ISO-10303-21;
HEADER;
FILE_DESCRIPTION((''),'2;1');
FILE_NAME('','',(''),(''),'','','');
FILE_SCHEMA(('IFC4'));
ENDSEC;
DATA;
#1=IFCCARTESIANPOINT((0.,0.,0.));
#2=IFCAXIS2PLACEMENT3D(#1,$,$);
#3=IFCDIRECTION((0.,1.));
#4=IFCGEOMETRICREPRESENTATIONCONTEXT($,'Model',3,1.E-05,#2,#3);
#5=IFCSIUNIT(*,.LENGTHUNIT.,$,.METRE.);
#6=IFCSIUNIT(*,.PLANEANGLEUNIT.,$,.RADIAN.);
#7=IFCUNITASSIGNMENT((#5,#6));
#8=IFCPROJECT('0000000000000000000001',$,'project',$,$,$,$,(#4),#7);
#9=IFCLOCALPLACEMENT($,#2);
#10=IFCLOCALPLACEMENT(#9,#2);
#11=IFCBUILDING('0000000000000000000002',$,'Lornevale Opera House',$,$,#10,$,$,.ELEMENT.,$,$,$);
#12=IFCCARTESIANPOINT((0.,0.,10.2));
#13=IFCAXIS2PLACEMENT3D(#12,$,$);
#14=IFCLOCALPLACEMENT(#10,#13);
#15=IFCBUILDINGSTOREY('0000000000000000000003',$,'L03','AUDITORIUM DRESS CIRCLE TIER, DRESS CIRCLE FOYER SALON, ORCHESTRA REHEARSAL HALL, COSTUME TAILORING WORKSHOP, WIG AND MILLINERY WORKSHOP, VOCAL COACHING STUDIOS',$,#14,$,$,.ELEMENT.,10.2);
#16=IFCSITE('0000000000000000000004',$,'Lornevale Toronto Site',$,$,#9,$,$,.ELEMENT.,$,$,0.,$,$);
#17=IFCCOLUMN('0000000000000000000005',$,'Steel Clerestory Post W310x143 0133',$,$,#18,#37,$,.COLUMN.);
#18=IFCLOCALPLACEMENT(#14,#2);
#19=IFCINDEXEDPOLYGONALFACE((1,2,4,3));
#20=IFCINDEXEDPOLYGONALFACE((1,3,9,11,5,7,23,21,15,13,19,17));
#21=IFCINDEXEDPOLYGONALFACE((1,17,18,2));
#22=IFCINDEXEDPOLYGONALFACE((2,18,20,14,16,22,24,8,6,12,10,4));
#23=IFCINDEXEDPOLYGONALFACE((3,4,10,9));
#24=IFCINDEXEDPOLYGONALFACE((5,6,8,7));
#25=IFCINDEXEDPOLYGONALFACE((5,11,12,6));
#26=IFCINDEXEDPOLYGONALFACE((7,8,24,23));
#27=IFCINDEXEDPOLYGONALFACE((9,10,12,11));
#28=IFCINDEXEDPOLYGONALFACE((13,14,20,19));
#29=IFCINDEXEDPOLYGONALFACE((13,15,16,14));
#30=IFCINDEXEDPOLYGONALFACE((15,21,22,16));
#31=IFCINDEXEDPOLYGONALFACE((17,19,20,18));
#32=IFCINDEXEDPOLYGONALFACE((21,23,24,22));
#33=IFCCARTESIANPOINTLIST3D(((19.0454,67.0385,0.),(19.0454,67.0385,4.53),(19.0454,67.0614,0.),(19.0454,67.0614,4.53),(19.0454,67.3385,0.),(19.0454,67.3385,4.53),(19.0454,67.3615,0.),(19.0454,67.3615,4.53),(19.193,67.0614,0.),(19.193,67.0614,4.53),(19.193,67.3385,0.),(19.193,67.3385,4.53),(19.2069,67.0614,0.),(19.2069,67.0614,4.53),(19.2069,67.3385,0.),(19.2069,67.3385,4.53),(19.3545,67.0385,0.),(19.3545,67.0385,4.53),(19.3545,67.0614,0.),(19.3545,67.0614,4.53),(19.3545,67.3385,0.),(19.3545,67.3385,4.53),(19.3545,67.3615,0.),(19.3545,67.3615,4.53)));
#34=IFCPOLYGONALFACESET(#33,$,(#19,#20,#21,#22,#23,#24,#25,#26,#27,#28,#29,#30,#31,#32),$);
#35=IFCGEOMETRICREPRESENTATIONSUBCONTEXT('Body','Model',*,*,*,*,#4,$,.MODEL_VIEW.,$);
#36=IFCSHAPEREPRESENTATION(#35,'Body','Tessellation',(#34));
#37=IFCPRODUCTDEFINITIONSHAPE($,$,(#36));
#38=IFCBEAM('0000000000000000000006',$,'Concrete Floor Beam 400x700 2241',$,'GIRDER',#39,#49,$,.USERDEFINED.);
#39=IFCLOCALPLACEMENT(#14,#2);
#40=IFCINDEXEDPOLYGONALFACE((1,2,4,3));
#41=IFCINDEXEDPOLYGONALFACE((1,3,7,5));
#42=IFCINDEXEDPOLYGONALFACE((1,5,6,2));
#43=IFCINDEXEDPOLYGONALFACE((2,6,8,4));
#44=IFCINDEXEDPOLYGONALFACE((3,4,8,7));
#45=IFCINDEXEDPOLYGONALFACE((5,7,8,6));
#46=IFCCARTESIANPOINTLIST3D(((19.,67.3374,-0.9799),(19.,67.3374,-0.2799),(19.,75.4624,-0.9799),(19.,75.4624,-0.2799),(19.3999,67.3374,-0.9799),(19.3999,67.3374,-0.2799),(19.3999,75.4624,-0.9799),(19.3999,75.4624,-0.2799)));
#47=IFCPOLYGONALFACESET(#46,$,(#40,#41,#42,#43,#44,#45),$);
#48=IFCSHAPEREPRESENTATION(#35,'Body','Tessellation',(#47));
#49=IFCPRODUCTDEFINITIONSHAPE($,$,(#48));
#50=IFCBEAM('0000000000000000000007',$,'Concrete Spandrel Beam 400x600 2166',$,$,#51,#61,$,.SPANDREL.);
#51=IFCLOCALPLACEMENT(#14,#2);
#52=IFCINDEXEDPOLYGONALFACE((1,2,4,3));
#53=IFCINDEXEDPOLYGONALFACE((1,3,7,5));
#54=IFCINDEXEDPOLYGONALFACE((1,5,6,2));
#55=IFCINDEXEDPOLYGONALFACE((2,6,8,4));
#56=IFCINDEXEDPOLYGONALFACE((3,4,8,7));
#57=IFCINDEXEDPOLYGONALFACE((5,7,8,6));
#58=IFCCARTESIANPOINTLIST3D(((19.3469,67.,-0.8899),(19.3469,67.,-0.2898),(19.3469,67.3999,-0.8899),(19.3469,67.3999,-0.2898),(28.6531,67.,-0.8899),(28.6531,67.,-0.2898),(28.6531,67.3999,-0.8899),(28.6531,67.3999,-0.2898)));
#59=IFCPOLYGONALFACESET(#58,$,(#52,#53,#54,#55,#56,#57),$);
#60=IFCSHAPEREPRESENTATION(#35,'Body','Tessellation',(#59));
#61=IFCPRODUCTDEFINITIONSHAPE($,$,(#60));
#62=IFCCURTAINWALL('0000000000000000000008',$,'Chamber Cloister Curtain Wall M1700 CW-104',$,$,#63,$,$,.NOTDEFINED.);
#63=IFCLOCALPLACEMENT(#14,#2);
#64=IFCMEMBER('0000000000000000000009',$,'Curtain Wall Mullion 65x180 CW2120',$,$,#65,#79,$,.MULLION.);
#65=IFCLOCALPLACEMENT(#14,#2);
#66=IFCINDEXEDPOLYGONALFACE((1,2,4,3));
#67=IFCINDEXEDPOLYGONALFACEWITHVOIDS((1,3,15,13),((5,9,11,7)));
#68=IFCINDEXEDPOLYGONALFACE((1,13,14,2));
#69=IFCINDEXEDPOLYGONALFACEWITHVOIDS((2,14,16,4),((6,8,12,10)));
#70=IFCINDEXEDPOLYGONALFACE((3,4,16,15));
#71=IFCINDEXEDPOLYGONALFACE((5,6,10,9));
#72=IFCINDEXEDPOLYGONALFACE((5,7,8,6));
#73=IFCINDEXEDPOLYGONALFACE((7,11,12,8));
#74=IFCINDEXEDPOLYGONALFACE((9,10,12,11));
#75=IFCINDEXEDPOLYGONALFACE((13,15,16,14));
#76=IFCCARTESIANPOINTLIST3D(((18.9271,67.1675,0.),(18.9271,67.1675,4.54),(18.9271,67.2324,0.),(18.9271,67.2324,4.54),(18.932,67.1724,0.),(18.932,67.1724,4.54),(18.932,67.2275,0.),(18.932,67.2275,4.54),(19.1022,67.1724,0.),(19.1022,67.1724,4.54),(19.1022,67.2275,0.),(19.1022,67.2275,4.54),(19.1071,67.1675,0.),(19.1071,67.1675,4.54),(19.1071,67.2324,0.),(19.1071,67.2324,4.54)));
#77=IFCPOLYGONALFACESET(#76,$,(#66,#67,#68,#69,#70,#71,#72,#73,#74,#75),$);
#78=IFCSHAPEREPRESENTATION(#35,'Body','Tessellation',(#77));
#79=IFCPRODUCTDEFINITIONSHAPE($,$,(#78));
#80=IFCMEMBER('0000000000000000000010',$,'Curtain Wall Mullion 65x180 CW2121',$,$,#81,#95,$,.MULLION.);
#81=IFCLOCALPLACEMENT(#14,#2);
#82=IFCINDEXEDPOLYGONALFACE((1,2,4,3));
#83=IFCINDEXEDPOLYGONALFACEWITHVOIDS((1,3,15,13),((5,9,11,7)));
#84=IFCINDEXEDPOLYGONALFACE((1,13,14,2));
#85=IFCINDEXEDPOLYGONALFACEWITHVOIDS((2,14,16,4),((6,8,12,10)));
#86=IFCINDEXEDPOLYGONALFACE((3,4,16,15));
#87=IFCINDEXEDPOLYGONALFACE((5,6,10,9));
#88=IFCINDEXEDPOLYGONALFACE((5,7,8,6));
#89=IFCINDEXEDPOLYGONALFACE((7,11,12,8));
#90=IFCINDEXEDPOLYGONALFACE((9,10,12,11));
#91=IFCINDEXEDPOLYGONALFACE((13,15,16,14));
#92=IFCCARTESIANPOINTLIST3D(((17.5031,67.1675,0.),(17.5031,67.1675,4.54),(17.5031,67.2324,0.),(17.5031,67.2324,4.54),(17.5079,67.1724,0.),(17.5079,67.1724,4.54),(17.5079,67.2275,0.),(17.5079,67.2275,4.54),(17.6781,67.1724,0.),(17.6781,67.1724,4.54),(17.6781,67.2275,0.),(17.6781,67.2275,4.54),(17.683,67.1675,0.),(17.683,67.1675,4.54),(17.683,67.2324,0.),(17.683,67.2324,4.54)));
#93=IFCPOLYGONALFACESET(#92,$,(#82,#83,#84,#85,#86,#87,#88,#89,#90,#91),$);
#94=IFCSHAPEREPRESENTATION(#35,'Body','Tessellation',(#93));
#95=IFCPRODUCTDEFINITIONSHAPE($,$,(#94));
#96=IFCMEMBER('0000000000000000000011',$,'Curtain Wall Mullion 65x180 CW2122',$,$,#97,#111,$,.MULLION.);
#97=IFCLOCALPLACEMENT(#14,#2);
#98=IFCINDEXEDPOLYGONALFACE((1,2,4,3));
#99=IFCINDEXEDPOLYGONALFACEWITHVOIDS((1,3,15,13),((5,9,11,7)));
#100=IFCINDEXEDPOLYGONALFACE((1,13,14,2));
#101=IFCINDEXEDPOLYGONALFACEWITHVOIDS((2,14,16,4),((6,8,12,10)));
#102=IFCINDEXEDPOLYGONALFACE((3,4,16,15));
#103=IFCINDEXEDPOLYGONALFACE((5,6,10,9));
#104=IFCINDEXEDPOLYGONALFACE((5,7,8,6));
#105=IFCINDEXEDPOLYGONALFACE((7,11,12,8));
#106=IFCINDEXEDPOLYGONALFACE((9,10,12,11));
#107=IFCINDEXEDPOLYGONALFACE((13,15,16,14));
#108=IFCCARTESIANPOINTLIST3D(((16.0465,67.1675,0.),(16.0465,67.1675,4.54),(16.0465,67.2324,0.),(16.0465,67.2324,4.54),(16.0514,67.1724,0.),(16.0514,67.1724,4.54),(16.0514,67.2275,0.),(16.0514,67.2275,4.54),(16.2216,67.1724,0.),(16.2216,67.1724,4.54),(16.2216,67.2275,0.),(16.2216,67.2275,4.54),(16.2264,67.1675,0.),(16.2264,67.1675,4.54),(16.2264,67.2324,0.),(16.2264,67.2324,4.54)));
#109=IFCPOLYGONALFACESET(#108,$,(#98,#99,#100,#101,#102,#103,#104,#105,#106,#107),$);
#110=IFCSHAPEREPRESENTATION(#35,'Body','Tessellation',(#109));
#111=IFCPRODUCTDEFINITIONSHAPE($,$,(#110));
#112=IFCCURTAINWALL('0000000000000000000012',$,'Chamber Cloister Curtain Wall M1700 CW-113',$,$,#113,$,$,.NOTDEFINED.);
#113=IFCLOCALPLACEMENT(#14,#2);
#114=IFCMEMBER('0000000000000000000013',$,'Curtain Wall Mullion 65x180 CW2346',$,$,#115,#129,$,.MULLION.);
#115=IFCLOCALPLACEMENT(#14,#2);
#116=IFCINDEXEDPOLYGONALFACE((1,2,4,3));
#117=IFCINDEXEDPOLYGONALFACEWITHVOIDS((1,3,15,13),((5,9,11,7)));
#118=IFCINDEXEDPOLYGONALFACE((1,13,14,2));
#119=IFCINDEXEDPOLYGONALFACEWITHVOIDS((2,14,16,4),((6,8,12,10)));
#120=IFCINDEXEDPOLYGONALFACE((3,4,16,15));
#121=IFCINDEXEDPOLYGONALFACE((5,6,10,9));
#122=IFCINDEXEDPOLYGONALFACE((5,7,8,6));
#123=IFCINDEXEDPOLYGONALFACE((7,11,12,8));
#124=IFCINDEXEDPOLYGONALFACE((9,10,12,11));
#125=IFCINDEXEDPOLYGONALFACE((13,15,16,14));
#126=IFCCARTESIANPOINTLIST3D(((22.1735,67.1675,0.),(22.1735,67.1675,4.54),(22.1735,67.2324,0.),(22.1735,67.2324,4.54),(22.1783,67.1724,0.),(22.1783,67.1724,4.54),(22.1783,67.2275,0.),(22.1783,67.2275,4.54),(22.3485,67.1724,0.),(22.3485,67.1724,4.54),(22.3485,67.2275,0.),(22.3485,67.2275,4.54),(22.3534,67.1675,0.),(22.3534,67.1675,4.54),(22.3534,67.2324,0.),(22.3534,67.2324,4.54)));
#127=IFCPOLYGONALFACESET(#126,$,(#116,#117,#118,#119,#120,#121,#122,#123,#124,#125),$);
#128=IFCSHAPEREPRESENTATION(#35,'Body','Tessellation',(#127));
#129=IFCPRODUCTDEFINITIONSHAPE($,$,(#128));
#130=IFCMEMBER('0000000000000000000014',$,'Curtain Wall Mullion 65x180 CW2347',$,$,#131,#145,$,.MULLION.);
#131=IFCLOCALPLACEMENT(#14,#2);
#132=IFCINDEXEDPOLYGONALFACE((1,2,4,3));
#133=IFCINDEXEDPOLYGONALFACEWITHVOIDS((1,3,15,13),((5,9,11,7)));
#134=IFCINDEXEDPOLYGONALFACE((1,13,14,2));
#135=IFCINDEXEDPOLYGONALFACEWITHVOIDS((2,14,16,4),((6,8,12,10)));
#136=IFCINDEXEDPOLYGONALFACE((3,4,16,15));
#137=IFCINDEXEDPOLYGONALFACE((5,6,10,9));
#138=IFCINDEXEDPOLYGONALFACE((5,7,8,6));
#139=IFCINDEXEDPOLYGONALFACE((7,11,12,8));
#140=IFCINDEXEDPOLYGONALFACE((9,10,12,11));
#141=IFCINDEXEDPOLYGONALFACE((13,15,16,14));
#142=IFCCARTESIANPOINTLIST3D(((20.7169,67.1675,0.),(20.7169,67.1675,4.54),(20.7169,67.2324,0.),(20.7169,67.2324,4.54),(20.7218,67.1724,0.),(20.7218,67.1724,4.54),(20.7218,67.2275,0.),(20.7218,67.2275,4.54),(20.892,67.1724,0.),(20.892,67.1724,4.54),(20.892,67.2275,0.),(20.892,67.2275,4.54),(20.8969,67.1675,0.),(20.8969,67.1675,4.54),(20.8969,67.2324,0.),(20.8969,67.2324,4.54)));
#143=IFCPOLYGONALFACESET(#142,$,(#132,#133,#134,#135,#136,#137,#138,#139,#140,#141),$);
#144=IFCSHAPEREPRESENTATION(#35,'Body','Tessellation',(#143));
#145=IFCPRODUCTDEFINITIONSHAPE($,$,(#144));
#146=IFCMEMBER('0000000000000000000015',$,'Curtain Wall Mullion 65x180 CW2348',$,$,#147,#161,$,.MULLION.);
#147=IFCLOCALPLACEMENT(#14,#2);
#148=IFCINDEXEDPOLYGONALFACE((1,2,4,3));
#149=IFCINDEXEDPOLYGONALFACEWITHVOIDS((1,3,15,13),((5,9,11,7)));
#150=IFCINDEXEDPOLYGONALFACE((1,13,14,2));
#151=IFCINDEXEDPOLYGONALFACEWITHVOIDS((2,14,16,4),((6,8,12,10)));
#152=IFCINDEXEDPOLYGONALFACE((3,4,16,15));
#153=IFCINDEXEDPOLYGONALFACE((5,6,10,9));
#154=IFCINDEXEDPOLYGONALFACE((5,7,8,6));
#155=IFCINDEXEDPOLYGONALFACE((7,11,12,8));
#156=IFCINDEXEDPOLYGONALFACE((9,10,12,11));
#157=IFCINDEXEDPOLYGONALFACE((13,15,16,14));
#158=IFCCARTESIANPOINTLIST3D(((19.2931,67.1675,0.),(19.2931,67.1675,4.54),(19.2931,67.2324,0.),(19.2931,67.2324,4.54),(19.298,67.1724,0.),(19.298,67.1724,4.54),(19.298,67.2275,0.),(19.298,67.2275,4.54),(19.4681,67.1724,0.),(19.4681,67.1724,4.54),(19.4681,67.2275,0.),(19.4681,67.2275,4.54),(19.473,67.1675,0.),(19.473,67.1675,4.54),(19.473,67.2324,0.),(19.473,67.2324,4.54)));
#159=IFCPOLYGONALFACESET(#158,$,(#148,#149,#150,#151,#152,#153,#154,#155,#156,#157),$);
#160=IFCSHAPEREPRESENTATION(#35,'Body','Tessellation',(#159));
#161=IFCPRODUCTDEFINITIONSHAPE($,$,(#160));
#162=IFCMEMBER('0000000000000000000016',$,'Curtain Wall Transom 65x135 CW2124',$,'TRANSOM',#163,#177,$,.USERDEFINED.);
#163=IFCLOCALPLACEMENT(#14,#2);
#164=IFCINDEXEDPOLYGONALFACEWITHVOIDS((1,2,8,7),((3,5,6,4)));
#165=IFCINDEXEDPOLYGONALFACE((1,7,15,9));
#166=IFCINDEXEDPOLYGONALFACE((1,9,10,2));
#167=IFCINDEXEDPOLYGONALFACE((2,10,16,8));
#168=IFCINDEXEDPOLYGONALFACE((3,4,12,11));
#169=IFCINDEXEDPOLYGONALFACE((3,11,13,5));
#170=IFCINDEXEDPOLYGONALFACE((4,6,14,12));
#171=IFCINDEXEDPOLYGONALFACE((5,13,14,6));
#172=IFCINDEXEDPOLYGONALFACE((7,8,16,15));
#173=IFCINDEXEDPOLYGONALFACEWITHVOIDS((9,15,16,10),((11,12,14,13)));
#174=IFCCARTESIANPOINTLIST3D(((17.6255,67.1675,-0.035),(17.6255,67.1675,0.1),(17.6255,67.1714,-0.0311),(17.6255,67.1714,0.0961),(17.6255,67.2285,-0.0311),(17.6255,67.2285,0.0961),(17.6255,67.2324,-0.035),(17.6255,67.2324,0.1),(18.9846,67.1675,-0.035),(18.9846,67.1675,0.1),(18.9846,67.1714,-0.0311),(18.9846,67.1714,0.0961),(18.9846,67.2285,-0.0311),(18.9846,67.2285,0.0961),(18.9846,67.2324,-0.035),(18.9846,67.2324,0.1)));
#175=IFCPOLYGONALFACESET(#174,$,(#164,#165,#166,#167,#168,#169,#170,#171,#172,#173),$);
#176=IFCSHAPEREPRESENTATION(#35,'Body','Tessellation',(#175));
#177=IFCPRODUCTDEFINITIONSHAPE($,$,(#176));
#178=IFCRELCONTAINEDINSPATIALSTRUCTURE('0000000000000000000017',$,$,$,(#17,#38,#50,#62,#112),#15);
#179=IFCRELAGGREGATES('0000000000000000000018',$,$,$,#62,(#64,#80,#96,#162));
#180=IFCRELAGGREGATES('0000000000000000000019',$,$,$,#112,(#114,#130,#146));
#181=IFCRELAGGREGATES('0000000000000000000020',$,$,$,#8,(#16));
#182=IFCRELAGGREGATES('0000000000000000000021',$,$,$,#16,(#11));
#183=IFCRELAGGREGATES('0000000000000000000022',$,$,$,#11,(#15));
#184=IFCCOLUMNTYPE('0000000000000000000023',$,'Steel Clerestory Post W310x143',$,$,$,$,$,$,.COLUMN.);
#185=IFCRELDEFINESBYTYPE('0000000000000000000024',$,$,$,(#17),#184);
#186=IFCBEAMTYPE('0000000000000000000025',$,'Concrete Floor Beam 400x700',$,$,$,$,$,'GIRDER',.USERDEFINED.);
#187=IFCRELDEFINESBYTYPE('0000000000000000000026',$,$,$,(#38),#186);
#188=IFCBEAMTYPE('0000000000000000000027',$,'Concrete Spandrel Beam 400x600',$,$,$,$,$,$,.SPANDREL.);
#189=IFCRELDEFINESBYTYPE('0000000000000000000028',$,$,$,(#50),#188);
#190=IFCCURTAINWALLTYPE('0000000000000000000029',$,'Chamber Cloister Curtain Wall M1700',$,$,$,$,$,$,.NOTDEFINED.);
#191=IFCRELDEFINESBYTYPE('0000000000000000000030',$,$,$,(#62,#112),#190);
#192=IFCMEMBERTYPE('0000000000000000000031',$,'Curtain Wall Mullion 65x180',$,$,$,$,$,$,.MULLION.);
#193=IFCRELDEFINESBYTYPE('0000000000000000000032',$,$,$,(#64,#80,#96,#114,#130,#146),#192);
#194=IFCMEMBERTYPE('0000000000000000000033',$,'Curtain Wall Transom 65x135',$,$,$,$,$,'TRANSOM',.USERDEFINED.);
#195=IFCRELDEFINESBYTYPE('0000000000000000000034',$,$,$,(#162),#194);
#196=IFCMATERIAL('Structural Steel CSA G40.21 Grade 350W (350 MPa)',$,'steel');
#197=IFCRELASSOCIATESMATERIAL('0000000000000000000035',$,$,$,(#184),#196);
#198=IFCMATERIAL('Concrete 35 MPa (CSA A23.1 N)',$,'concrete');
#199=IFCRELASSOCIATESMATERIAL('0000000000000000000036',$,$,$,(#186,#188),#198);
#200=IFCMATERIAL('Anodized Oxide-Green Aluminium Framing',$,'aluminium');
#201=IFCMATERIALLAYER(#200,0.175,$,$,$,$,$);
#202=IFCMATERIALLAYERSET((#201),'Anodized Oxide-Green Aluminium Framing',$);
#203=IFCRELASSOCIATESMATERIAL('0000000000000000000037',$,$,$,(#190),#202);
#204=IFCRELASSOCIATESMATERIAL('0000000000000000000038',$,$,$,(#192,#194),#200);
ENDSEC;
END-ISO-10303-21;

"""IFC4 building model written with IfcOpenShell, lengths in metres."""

from ifc_helpers import new_model, si_unit, direction, frame, origin, origin_2d, place, context, subcontext, project, spatial, rectangle, hollow_rectangle, i_section, extrude, material, layer, layer_set, material_profile, profile_set, type_object, element, aggregate, save


model = new_model("IFC4")

# Units and contexts
model_context = context("Model", 3, precision=1e-05, world=origin(), true_north=direction((0.0, 1.0)))
body_context = subcontext(model_context, "Body", "Model", "MODEL_VIEW")
ifc_project = project(units=[si_unit("LENGTHUNIT", "METRE"), si_unit("PLANEANGLEUNIT", "RADIAN")], contexts=[model_context])

# Site, building, storey
site_placement = place(None, origin())
site = spatial("IfcSite", under=ifc_project, at=site_placement, Name="Lornevale Toronto Site", CompositionType="ELEMENT", RefElevation=0.0)
building_placement = place(site_placement, origin())
building = spatial("IfcBuilding", under=site, at=building_placement, Name="Lornevale Opera House", CompositionType="ELEMENT")
storey_placement = place(building_placement, frame((0.0, 0.0, 10.2)))
storey = spatial("IfcBuildingStorey", under=building, at=storey_placement, Name="L03", Description="AUDITORIUM DRESS CIRCLE TIER, DRESS CIRCLE FOYER SALON, ORCHESTRA REHEARSAL HALL, COSTUME TAILORING WORKSHOP, WIG AND MILLINERY WORKSHOP, VOCAL COACHING STUDIOS", CompositionType="ELEMENT", Elevation=10.2)

# Column
ifc_material_1 = material(Name="Structural Steel CSA G40.21 Grade 350W (350 MPa)", Category="steel")
ifc_material_profile_1 = material_profile(ifc_material_1, i_section(OverallWidth=0.3091, OverallDepth=0.323, WebThickness=0.0139, FlangeThickness=0.0229, at=origin_2d()), Name="W310x143")
ifc_profile_set_1 = profile_set([ifc_material_profile_1], Name="Structural Steel CSA G40.21 Grade 350W (350 MPa)")
column_type = type_object("IfcColumnType", Name="Steel Clerestory Post W310x143", PredefinedType="COLUMN", material=ifc_profile_set_1)
column_placement = place(storey_placement, frame((19.2, 67.2, 0.0), z_axis=(0.0, 0.0, 1.0), x_axis=(1.0, 0.0, 0.0)))
element("IfcColumn", 1, at=column_placement, inside=storey, type_object=column_type, Name="Steel Clerestory Post W310x143 0133", PredefinedType="COLUMN", context=body_context, shape_type="SweptSolid", body=[
    extrude(i_section(OverallWidth=0.3091, OverallDepth=0.323, WebThickness=0.0139, FlangeThickness=0.0229, at=origin_2d()), origin(), (0.0, 0.0, 1.0), 4.53),
])

# Beams
ifc_material_2 = material(Name="Concrete 35 MPa (CSA A23.1 N)", Category="concrete")
ifc_material_profile_2 = material_profile(ifc_material_2, rectangle(XDim=0.3999, YDim=0.7, at=origin_2d()), Name="RC400x700")
ifc_profile_set_2 = profile_set([ifc_material_profile_2], Name="Concrete 35 MPa (CSA A23.1 N)")
beam_type_1 = type_object("IfcBeamType", Name="Concrete Floor Beam 400x700", ElementType="GIRDER", PredefinedType="USERDEFINED", material=ifc_profile_set_2)
beam_1_placement = place(storey_placement, frame((19.2, 67.3374, -0.6299), z_axis=(0.0, 1.0, 0.0), x_axis=(-1.0, 0.0, 0.0)))
element("IfcBeam", 2, at=beam_1_placement, inside=storey, type_object=beam_type_1, Name="Concrete Floor Beam 400x700 2241", ObjectType="GIRDER", PredefinedType="USERDEFINED", context=body_context, shape_type="SweptSolid", body=[
    extrude(rectangle(XDim=0.3999, YDim=0.7, at=origin_2d()), origin(), (0.0, 0.0, 1.0), 8.125),
])
ifc_material_profile_3 = material_profile(ifc_material_2, rectangle(XDim=0.3999, YDim=0.6001, at=origin_2d()), Name="RC400x600")
ifc_profile_set_3 = profile_set([ifc_material_profile_3], Name="Concrete 35 MPa (CSA A23.1 N)")
beam_type_2 = type_object("IfcBeamType", Name="Concrete Spandrel Beam 400x600", PredefinedType="SPANDREL", material=ifc_profile_set_3)
beam_2_placement = place(storey_placement, frame((19.3469, 67.2, -0.5898), z_axis=(1.0, 0.0, 0.0), x_axis=(0.0, 1.0, 0.0)))
element("IfcBeam", 3, at=beam_2_placement, inside=storey, type_object=beam_type_2, Name="Concrete Spandrel Beam 400x600 2166", PredefinedType="SPANDREL", context=body_context, shape_type="SweptSolid", body=[
    extrude(rectangle(XDim=0.3999, YDim=0.6001, at=origin_2d()), origin(), (0.0, 0.0, 1.0), 9.3062),
])

# Curtain walls, members
ifc_material_3 = material(Name="Anodized Oxide-Green Aluminium Framing", Category="aluminium")
ifc_layer_1 = layer(ifc_material_3, 0.175)
ifc_layer_set_1 = layer_set([ifc_layer_1], Name="Anodized Oxide-Green Aluminium Framing")
curtain_wall_type = type_object("IfcCurtainWallType", Name="Chamber Cloister Curtain Wall M1700", PredefinedType="NOTDEFINED", material=ifc_layer_set_1)
curtain_wall_1_placement = place(storey_placement, origin())
curtain_wall_1 = element("IfcCurtainWall", 4, at=curtain_wall_1_placement, inside=storey, type_object=curtain_wall_type, Name="Chamber Cloister Curtain Wall M1700 CW-104", PredefinedType="NOTDEFINED")
ifc_material_profile_4 = material_profile(ifc_material_3, hollow_rectangle(XDim=0.0649, YDim=0.1799, WallThickness=0.0049, at=origin_2d()), Name="ALU65x180x5")
ifc_profile_set_4 = profile_set([ifc_material_profile_4], Name="Anodized Oxide-Green Aluminium Framing")
member_type_1 = type_object("IfcMemberType", Name="Curtain Wall Mullion 65x180", PredefinedType="MULLION", material=ifc_profile_set_4)
member_1_placement = place(storey_placement, frame((19.0171, 67.2, 0.0), z_axis=(0.0, 0.0, 1.0), x_axis=(0.0, -1.0, 0.0)))
member_1 = element("IfcMember", 5, at=member_1_placement, type_object=member_type_1, Name="Curtain Wall Mullion 65x180 CW2120", PredefinedType="MULLION", context=body_context, shape_type="SweptSolid", body=[
    extrude(hollow_rectangle(XDim=0.0649, YDim=0.1799, WallThickness=0.0049, at=origin_2d()), origin(), (0.0, 0.0, 1.0), 4.54),
])
member_2_placement = place(storey_placement, frame((17.593, 67.2, 0.0), z_axis=(0.0, 0.0, 1.0), x_axis=(0.0, -1.0, 0.0)))
member_2 = element("IfcMember", 6, at=member_2_placement, type_object=member_type_1, Name="Curtain Wall Mullion 65x180 CW2121", PredefinedType="MULLION", context=body_context, shape_type="SweptSolid", body=[
    extrude(hollow_rectangle(XDim=0.0649, YDim=0.1799, WallThickness=0.0049, at=origin_2d()), origin(), (0.0, 0.0, 1.0), 4.54),
])
member_3_placement = place(storey_placement, frame((16.1365, 67.2, 0.0), z_axis=(0.0, 0.0, 1.0), x_axis=(0.0, -1.0, 0.0)))
member_3 = element("IfcMember", 7, at=member_3_placement, type_object=member_type_1, Name="Curtain Wall Mullion 65x180 CW2122", PredefinedType="MULLION", context=body_context, shape_type="SweptSolid", body=[
    extrude(hollow_rectangle(XDim=0.0649, YDim=0.1799, WallThickness=0.0049, at=origin_2d()), origin(), (0.0, 0.0, 1.0), 4.54),
])
curtain_wall_2_placement = place(storey_placement, origin())
curtain_wall_2 = element("IfcCurtainWall", 8, at=curtain_wall_2_placement, inside=storey, type_object=curtain_wall_type, Name="Chamber Cloister Curtain Wall M1700 CW-113", PredefinedType="NOTDEFINED")
member_4_placement = place(storey_placement, frame((22.2634, 67.2, 0.0), z_axis=(0.0, 0.0, 1.0), x_axis=(0.0, -1.0, 0.0)))
member_4 = element("IfcMember", 9, at=member_4_placement, type_object=member_type_1, Name="Curtain Wall Mullion 65x180 CW2346", PredefinedType="MULLION", context=body_context, shape_type="SweptSolid", body=[
    extrude(hollow_rectangle(XDim=0.0649, YDim=0.1799, WallThickness=0.0049, at=origin_2d()), origin(), (0.0, 0.0, 1.0), 4.54),
])
member_5_placement = place(storey_placement, frame((20.8069, 67.2, 0.0), z_axis=(0.0, 0.0, 1.0), x_axis=(0.0, -1.0, 0.0)))
member_5 = element("IfcMember", 10, at=member_5_placement, type_object=member_type_1, Name="Curtain Wall Mullion 65x180 CW2347", PredefinedType="MULLION", context=body_context, shape_type="SweptSolid", body=[
    extrude(hollow_rectangle(XDim=0.0649, YDim=0.1799, WallThickness=0.0049, at=origin_2d()), origin(), (0.0, 0.0, 1.0), 4.54),
])
member_6_placement = place(storey_placement, frame((19.3831, 67.2, 0.0), z_axis=(0.0, 0.0, 1.0), x_axis=(0.0, -1.0, 0.0)))
member_6 = element("IfcMember", 11, at=member_6_placement, type_object=member_type_1, Name="Curtain Wall Mullion 65x180 CW2348", PredefinedType="MULLION", context=body_context, shape_type="SweptSolid", body=[
    extrude(hollow_rectangle(XDim=0.0649, YDim=0.1799, WallThickness=0.0049, at=origin_2d()), origin(), (0.0, 0.0, 1.0), 4.54),
])

# Member
ifc_material_profile_5 = material_profile(ifc_material_3, hollow_rectangle(XDim=0.0649, YDim=0.135, WallThickness=0.0039, at=origin_2d()), Name="ALU65x135x4")
ifc_profile_set_5 = profile_set([ifc_material_profile_5], Name="Anodized Oxide-Green Aluminium Framing")
member_type_2 = type_object("IfcMemberType", Name="Curtain Wall Transom 65x135", ElementType="TRANSOM", PredefinedType="USERDEFINED", material=ifc_profile_set_5)
member_7_placement = place(storey_placement, frame((18.9846, 67.2, 0.0325), z_axis=(-1.0, 0.0, 0.0), x_axis=(0.0, -1.0, 0.0)))
member_7 = element("IfcMember", 12, at=member_7_placement, type_object=member_type_2, Name="Curtain Wall Transom 65x135 CW2124", ObjectType="TRANSOM", PredefinedType="USERDEFINED", context=body_context, shape_type="SweptSolid", body=[
    extrude(hollow_rectangle(XDim=0.0649, YDim=0.135, WallThickness=0.0039, at=origin_2d()), origin(), (0.0, 0.0, 1.0), 1.3591),
])

aggregate(curtain_wall_1, [member_1, member_2, member_3, member_7])
aggregate(curtain_wall_2, [member_4, member_5, member_6])

save(model, "model.ifc")
